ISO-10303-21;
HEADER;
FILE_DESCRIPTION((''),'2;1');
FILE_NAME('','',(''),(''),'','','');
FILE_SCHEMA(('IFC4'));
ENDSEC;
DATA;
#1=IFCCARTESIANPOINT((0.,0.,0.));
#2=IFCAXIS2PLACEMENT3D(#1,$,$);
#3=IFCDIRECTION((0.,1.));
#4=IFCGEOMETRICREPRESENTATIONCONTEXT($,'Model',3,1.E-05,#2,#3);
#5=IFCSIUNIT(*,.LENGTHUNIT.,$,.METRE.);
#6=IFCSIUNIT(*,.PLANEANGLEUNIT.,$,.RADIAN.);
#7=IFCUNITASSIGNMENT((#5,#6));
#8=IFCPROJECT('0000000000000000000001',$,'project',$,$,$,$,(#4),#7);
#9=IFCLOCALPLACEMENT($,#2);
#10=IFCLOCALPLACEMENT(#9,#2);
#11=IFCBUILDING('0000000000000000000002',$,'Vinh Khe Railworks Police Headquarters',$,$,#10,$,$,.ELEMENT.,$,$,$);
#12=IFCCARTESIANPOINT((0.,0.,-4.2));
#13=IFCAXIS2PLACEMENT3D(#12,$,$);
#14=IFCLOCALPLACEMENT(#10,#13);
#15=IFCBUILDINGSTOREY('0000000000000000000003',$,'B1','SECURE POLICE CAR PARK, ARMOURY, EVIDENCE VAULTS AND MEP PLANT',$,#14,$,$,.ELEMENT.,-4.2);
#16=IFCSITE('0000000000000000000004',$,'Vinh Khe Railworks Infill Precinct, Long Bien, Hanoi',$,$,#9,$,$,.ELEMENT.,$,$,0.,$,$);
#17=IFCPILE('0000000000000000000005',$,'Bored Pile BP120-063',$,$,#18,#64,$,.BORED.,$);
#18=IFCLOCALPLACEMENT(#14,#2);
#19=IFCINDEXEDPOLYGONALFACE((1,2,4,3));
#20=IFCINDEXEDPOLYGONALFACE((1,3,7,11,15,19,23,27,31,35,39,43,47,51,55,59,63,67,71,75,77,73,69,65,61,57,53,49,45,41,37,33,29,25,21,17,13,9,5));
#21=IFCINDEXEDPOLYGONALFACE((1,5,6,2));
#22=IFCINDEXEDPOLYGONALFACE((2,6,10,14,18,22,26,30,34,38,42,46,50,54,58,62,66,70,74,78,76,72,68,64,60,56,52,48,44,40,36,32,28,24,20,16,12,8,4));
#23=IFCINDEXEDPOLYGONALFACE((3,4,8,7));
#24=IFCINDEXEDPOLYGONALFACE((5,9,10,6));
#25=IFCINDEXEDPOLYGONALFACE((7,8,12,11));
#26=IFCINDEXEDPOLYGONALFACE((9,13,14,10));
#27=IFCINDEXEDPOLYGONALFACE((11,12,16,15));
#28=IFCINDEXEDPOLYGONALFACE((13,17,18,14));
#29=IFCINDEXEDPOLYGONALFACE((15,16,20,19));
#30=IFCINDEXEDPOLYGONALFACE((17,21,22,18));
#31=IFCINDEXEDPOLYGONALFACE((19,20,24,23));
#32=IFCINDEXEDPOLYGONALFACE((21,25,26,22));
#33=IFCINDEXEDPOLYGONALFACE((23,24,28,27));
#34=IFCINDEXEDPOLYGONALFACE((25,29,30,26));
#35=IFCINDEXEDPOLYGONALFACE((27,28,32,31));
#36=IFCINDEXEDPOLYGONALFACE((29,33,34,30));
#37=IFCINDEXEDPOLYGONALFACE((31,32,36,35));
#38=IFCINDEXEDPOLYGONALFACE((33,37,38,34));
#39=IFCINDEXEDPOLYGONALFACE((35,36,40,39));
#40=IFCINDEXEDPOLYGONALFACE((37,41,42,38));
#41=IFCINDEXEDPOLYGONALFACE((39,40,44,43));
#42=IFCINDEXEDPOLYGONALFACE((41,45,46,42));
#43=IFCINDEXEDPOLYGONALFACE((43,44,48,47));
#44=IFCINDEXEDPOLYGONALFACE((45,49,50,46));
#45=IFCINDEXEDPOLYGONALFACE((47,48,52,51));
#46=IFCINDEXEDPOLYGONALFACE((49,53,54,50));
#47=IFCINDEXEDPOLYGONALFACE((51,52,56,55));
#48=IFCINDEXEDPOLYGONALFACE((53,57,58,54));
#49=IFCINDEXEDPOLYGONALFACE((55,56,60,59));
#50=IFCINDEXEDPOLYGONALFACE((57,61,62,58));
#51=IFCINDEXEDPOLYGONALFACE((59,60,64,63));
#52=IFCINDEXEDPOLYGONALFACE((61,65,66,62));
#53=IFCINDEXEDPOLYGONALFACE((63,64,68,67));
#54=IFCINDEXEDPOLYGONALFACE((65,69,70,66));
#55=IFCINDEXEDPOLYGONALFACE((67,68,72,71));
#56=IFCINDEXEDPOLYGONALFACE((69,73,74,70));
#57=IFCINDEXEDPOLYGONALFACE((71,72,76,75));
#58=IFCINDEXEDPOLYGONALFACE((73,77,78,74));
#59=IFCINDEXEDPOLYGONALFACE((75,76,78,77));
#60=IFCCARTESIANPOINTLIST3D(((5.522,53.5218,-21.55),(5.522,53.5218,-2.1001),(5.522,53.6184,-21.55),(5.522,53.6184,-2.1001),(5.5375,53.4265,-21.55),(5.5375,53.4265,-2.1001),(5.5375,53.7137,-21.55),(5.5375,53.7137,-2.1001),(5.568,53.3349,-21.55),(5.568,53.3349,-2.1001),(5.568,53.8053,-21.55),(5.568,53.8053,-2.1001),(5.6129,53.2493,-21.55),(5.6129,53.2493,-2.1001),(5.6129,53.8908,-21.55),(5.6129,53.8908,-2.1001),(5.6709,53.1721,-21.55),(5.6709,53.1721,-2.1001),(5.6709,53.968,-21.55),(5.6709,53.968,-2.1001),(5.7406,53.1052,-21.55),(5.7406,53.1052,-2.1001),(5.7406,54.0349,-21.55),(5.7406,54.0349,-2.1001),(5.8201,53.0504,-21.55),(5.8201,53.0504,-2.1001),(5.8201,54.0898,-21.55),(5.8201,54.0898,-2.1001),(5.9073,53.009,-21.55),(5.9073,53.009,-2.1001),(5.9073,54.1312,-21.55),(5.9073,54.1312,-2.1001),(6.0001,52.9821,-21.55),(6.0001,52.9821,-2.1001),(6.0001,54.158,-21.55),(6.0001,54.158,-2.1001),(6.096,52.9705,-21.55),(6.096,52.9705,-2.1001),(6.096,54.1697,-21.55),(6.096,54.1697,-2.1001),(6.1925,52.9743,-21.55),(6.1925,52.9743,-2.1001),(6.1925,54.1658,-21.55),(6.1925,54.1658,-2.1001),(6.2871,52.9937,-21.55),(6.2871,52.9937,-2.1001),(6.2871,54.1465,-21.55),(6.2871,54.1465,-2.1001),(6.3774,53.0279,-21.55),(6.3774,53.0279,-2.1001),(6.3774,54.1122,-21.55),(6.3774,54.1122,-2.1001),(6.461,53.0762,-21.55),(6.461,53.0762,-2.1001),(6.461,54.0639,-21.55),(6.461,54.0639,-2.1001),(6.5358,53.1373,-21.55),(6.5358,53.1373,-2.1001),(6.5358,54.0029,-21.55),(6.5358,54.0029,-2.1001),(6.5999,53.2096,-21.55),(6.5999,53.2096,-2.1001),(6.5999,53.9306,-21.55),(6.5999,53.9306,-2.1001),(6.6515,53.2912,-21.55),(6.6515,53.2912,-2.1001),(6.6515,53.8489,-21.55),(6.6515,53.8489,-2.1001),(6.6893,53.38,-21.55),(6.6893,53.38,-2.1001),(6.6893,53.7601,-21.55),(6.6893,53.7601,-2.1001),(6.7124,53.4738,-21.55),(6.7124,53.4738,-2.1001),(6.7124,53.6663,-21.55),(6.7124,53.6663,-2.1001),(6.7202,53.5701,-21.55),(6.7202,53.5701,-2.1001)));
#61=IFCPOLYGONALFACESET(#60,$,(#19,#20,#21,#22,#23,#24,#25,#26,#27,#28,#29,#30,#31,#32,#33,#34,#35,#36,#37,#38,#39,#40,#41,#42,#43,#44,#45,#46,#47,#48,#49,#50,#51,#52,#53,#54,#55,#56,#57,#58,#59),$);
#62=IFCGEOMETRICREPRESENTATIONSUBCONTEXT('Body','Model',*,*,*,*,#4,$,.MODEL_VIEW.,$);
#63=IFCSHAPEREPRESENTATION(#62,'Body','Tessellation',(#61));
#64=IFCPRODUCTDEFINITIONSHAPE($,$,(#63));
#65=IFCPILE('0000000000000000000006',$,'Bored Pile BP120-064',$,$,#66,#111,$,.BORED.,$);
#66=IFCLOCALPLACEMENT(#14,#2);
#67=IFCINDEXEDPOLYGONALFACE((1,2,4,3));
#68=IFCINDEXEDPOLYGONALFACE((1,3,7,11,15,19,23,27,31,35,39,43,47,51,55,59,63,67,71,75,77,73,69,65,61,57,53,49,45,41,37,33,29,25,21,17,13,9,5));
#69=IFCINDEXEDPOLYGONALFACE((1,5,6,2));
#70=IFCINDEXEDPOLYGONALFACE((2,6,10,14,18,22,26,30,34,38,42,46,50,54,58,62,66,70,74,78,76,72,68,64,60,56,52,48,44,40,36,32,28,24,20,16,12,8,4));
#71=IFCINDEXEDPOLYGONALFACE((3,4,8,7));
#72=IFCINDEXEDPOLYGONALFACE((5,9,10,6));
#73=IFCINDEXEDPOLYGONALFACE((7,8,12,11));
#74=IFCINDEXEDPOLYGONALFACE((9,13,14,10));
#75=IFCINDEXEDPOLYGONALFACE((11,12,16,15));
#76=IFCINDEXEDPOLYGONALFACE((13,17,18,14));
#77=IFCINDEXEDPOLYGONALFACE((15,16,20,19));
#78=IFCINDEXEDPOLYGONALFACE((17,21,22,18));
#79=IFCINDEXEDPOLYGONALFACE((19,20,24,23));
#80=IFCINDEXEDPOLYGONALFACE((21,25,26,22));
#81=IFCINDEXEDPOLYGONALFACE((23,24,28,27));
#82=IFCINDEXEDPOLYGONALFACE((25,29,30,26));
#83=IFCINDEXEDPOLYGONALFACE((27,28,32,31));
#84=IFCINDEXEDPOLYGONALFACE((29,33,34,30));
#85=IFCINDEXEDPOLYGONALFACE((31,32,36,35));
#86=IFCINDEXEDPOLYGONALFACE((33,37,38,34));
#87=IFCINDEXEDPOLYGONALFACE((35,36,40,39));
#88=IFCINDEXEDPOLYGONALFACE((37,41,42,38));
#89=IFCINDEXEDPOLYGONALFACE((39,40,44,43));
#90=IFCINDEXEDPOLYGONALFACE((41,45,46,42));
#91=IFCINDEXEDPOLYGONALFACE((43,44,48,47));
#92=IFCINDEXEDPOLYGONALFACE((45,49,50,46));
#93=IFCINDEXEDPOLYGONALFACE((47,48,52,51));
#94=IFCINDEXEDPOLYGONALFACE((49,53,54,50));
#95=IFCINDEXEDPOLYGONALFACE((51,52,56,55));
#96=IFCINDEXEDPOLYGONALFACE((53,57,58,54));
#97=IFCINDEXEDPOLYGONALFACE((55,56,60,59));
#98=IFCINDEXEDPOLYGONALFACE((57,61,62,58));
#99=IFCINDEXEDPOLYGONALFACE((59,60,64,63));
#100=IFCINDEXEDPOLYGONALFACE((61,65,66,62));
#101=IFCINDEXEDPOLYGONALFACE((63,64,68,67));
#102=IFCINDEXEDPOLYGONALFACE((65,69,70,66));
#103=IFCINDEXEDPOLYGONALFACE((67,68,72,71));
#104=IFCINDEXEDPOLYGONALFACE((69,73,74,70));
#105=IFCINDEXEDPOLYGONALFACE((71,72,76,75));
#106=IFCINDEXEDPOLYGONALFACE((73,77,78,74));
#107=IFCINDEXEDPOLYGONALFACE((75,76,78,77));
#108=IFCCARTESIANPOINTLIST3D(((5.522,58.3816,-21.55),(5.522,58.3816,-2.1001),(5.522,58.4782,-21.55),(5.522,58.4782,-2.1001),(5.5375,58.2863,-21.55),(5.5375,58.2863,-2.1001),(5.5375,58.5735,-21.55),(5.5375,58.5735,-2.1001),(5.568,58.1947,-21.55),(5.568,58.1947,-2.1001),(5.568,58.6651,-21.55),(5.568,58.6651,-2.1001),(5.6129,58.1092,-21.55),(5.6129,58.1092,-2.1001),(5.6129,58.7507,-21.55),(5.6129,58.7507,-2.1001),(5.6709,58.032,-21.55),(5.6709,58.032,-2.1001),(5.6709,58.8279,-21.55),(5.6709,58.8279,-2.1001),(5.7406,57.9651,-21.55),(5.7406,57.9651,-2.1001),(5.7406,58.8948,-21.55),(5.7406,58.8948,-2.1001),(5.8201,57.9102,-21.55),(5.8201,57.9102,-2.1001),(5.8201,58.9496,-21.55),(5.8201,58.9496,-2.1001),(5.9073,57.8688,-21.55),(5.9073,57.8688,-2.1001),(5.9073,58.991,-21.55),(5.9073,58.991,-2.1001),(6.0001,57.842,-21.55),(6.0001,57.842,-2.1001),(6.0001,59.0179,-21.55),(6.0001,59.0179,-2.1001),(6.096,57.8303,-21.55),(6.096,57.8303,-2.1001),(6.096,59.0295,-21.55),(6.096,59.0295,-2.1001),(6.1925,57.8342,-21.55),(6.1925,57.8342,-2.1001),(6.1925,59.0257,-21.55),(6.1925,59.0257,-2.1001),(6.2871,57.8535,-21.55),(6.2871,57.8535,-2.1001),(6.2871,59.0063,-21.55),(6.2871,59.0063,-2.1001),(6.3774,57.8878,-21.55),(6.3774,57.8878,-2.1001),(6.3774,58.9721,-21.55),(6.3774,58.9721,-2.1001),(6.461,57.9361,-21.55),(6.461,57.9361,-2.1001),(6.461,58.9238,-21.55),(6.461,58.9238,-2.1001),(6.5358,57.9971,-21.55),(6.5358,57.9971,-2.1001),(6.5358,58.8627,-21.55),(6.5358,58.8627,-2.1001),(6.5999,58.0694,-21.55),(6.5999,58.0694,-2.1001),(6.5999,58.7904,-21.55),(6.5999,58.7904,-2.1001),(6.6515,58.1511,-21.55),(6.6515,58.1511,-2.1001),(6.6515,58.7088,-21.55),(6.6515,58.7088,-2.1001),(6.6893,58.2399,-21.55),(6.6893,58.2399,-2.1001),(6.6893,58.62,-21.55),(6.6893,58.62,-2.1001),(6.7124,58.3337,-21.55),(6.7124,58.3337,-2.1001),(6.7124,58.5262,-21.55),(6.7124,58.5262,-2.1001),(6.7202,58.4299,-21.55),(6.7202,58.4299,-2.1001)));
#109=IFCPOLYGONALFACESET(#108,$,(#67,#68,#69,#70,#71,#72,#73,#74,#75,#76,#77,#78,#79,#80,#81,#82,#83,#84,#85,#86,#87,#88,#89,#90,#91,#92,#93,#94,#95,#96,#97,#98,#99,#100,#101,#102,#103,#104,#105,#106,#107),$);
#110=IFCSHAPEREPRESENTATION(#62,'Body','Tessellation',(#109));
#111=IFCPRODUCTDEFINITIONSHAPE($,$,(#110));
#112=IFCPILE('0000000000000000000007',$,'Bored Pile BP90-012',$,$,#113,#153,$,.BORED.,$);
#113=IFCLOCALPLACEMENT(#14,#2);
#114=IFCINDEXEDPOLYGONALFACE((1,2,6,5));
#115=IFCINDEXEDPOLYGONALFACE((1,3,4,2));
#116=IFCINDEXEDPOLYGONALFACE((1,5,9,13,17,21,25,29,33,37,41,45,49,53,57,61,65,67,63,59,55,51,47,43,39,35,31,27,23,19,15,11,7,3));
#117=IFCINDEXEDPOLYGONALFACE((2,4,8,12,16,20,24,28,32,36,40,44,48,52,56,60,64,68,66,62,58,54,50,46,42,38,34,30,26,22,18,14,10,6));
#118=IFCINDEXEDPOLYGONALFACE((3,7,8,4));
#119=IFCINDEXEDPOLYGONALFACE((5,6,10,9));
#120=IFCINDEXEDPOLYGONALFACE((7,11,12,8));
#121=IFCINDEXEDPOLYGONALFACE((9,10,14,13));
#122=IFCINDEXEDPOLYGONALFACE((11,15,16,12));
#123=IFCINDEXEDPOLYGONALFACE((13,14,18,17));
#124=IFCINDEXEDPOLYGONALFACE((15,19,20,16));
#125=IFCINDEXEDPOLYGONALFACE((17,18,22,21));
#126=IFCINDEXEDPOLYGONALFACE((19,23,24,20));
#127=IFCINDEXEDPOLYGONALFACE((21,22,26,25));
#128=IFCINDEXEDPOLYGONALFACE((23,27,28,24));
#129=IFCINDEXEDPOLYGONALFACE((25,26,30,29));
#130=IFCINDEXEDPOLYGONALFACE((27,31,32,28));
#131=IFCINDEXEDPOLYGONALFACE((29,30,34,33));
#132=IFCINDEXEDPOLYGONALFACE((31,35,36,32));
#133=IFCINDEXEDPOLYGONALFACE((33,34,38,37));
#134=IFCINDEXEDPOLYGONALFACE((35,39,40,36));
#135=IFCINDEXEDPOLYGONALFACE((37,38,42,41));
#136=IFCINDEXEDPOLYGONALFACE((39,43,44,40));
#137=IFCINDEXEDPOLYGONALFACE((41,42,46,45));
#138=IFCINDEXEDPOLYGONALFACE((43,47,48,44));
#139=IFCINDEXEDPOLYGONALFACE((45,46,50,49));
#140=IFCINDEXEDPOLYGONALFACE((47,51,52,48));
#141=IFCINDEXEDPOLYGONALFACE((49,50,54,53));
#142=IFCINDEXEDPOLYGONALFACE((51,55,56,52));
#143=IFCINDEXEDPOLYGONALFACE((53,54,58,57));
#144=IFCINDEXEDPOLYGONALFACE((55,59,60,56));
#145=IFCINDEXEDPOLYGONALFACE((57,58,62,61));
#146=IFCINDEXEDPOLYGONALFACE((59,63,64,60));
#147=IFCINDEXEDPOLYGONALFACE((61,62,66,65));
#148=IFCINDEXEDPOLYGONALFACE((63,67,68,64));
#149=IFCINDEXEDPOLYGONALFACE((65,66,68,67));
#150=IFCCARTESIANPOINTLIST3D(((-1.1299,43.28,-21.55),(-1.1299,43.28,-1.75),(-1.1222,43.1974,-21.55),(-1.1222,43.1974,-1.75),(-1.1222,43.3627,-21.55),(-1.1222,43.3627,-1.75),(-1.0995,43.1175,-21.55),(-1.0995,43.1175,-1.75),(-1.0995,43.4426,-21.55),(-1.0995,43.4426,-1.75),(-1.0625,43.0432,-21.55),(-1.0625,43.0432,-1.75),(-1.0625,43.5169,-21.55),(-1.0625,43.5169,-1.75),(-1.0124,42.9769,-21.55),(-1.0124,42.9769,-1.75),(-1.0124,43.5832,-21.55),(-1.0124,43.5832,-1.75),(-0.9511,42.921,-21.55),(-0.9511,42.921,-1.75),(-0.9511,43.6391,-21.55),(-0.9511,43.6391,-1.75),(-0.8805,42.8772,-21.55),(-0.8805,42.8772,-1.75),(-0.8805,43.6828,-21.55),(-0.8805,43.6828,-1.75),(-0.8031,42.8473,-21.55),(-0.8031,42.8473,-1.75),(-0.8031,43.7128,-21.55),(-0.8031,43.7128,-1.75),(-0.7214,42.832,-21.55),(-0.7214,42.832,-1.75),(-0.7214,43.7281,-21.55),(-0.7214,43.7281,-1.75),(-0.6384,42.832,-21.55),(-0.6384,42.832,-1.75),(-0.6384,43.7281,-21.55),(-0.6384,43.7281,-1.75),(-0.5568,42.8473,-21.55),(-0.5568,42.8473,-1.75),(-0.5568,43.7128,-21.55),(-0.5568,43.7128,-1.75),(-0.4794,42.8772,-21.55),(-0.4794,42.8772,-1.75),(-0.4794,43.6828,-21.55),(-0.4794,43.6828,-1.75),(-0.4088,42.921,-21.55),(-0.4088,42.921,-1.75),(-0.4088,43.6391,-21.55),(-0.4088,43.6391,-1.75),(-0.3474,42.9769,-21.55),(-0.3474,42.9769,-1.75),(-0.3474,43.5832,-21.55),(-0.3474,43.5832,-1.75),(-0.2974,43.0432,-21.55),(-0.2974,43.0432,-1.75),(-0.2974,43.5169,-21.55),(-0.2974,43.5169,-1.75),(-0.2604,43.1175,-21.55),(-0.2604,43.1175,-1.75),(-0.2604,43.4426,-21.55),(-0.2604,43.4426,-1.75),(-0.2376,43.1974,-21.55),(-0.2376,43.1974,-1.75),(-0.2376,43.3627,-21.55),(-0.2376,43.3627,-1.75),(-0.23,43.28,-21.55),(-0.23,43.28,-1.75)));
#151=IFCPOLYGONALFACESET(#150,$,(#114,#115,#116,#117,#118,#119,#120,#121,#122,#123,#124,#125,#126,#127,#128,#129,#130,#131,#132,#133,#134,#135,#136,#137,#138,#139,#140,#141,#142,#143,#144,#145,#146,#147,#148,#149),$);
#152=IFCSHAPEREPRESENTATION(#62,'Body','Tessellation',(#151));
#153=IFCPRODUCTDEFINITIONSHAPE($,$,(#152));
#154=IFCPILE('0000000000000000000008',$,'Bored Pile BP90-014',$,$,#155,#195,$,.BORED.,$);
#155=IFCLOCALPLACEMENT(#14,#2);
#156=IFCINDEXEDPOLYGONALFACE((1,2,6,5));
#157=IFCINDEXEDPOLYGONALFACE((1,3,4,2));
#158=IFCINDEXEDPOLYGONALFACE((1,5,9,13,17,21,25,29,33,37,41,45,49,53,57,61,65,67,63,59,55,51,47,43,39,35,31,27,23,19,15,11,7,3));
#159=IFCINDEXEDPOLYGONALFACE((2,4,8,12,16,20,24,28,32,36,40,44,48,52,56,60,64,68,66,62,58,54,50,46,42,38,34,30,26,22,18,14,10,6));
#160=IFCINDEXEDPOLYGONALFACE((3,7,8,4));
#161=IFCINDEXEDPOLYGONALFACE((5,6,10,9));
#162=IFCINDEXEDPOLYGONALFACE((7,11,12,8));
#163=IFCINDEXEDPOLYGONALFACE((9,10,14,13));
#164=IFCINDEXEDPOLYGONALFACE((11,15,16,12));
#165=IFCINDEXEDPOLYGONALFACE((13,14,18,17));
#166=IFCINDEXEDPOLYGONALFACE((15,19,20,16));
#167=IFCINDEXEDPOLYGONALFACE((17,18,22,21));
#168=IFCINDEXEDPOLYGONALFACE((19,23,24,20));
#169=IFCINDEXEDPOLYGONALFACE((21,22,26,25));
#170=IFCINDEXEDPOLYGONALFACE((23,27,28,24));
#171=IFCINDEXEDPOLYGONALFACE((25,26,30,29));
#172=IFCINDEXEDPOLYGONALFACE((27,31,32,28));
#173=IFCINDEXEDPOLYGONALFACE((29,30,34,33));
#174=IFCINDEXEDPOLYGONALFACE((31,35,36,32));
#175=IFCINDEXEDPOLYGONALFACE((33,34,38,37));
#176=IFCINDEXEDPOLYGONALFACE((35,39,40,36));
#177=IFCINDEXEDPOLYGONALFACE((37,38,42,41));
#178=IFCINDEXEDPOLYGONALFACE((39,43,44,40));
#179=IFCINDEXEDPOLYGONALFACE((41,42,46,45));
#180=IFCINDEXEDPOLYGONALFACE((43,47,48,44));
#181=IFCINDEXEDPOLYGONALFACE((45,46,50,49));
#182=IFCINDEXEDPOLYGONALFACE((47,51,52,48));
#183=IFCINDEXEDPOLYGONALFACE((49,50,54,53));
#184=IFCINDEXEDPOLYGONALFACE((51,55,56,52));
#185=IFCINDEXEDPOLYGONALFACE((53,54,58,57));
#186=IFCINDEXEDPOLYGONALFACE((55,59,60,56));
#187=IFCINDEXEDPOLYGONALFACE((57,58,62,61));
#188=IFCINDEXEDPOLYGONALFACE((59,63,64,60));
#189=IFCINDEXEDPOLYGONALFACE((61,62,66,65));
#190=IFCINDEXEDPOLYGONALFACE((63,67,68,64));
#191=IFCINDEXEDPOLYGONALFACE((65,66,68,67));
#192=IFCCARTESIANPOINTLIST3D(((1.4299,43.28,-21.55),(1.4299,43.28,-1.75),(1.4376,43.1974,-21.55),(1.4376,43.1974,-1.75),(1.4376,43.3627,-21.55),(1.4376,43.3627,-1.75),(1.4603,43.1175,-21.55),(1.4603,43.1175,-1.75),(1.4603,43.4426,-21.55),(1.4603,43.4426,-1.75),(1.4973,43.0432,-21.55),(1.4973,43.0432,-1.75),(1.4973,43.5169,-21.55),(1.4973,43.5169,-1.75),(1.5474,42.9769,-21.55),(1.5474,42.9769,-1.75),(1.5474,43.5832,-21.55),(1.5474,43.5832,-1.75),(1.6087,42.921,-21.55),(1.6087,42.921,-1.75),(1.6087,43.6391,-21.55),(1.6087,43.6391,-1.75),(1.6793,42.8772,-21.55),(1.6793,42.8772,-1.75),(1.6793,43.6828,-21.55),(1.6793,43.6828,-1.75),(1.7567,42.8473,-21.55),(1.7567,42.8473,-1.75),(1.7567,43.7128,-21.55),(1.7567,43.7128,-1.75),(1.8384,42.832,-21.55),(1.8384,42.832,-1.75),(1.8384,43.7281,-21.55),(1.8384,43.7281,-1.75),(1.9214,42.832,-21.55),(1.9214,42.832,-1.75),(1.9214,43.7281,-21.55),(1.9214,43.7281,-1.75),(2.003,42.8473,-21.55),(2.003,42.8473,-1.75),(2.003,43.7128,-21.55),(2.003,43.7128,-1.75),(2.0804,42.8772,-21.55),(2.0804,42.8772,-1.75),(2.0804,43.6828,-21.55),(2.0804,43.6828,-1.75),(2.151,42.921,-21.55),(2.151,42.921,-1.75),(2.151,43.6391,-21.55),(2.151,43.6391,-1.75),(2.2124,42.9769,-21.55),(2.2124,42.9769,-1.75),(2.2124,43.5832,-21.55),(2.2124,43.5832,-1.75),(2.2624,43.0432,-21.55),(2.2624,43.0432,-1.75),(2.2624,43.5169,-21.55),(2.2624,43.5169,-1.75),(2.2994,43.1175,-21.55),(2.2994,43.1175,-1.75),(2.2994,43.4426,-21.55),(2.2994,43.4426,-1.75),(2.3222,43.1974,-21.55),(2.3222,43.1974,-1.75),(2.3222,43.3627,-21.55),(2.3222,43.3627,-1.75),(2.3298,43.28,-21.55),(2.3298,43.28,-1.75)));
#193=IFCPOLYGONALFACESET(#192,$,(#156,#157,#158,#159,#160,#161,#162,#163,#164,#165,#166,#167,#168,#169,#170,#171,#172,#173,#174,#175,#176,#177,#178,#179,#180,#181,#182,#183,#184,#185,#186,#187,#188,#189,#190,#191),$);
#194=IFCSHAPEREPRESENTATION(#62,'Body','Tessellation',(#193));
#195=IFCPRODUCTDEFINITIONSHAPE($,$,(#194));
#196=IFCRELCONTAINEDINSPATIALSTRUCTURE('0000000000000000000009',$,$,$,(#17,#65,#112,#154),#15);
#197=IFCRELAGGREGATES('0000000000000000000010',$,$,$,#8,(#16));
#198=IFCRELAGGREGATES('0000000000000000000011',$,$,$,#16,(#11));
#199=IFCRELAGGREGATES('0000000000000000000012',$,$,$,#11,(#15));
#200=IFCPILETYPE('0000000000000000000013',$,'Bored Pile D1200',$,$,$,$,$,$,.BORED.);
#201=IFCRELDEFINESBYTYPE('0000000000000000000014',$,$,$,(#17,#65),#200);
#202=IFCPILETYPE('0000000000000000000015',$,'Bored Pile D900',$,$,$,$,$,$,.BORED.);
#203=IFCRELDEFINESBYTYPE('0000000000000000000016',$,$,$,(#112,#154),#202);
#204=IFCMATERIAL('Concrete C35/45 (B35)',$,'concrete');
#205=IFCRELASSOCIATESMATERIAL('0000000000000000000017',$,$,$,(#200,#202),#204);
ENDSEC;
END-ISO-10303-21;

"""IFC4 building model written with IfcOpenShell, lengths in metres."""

from ifc_helpers import new_model, si_unit, direction, frame, origin, origin_2d, place, context, subcontext, project, spatial, circle, extrude, material, material_profile, profile_set, type_object, element, save


model = new_model("IFC4")

# Units and contexts
model_context = context("Model", 3, precision=1e-05, world=origin(), true_north=direction((0.0, 1.0)))
body_context = subcontext(model_context, "Body", "Model", "MODEL_VIEW")
ifc_project = project(units=[si_unit("LENGTHUNIT", "METRE"), si_unit("PLANEANGLEUNIT", "RADIAN")], contexts=[model_context])

# Site, building, storey
site_placement = place(None, origin())
site = spatial("IfcSite", under=ifc_project, at=site_placement, Name="Vinh Khe Railworks Infill Precinct, Long Bien, Hanoi", CompositionType="ELEMENT", RefElevation=0.0)
building_placement = place(site_placement, origin())
building = spatial("IfcBuilding", under=site, at=building_placement, Name="Vinh Khe Railworks Police Headquarters", CompositionType="ELEMENT")
storey_placement = place(building_placement, frame((0.0, 0.0, -4.2)))
storey = spatial("IfcBuildingStorey", under=building, at=storey_placement, Name="B1", Description="SECURE POLICE CAR PARK, ARMOURY, EVIDENCE VAULTS AND MEP PLANT", CompositionType="ELEMENT", Elevation=-4.2)

# Piles
ifc_material_1 = material(Name="Concrete C35/45 (B35)", Category="concrete")
ifc_material_profile_1 = material_profile(ifc_material_1, circle(Radius=0.6001, at=origin_2d()), Name="BORED PILE D1200")
ifc_profile_set_1 = profile_set([ifc_material_profile_1], Name="Concrete C35/45 (B35)")
pile_type_1 = type_object("IfcPileType", Name="Bored Pile D1200", PredefinedType="BORED", material=ifc_profile_set_1)
for number, where, z_axis, x_axis, name in (
    (1, (6.1201, 53.5701, -2.1001), (0.0, 0.0, -1.0), (1.0, 0.0, 0.0), "Bored Pile BP120-063"),
    (2, (6.1201, 58.4299, -2.1001), (0.0, 0.0, -1.0), (1.0, 0.0, 0.0), "Bored Pile BP120-064"),
):
    element("IfcPile", number, at=place(storey_placement, frame(where, z_axis=z_axis, x_axis=x_axis)), inside=storey, type_object=pile_type_1, Name=name, PredefinedType="BORED", context=body_context, shape_type="SweptSolid", body=[
        extrude(circle(Radius=0.6001, at=origin_2d()), origin(), (0.0, 0.0, 1.0), 19.45),
    ])
ifc_material_profile_2 = material_profile(ifc_material_1, circle(Radius=0.45, at=origin_2d()), Name="BORED PILE D900")
ifc_profile_set_2 = profile_set([ifc_material_profile_2], Name="Concrete C35/45 (B35)")
pile_type_2 = type_object("IfcPileType", Name="Bored Pile D900", PredefinedType="BORED", material=ifc_profile_set_2)
for number, where, z_axis, x_axis, name in (
    (3, (-0.6799, 43.28, -1.75), (0.0, 0.0, -1.0), (1.0, 0.0, 0.0), "Bored Pile BP90-012"),
    (4, (1.8799, 43.28, -1.75), (0.0, 0.0, -1.0), (1.0, 0.0, 0.0), "Bored Pile BP90-014"),
):
    element("IfcPile", number, at=place(storey_placement, frame(where, z_axis=z_axis, x_axis=x_axis)), inside=storey, type_object=pile_type_2, Name=name, PredefinedType="BORED", context=body_context, shape_type="SweptSolid", body=[
        extrude(circle(Radius=0.45, at=origin_2d()), origin(), (0.0, 0.0, 1.0), 19.8),
    ])

save(model, "model.ifc")
